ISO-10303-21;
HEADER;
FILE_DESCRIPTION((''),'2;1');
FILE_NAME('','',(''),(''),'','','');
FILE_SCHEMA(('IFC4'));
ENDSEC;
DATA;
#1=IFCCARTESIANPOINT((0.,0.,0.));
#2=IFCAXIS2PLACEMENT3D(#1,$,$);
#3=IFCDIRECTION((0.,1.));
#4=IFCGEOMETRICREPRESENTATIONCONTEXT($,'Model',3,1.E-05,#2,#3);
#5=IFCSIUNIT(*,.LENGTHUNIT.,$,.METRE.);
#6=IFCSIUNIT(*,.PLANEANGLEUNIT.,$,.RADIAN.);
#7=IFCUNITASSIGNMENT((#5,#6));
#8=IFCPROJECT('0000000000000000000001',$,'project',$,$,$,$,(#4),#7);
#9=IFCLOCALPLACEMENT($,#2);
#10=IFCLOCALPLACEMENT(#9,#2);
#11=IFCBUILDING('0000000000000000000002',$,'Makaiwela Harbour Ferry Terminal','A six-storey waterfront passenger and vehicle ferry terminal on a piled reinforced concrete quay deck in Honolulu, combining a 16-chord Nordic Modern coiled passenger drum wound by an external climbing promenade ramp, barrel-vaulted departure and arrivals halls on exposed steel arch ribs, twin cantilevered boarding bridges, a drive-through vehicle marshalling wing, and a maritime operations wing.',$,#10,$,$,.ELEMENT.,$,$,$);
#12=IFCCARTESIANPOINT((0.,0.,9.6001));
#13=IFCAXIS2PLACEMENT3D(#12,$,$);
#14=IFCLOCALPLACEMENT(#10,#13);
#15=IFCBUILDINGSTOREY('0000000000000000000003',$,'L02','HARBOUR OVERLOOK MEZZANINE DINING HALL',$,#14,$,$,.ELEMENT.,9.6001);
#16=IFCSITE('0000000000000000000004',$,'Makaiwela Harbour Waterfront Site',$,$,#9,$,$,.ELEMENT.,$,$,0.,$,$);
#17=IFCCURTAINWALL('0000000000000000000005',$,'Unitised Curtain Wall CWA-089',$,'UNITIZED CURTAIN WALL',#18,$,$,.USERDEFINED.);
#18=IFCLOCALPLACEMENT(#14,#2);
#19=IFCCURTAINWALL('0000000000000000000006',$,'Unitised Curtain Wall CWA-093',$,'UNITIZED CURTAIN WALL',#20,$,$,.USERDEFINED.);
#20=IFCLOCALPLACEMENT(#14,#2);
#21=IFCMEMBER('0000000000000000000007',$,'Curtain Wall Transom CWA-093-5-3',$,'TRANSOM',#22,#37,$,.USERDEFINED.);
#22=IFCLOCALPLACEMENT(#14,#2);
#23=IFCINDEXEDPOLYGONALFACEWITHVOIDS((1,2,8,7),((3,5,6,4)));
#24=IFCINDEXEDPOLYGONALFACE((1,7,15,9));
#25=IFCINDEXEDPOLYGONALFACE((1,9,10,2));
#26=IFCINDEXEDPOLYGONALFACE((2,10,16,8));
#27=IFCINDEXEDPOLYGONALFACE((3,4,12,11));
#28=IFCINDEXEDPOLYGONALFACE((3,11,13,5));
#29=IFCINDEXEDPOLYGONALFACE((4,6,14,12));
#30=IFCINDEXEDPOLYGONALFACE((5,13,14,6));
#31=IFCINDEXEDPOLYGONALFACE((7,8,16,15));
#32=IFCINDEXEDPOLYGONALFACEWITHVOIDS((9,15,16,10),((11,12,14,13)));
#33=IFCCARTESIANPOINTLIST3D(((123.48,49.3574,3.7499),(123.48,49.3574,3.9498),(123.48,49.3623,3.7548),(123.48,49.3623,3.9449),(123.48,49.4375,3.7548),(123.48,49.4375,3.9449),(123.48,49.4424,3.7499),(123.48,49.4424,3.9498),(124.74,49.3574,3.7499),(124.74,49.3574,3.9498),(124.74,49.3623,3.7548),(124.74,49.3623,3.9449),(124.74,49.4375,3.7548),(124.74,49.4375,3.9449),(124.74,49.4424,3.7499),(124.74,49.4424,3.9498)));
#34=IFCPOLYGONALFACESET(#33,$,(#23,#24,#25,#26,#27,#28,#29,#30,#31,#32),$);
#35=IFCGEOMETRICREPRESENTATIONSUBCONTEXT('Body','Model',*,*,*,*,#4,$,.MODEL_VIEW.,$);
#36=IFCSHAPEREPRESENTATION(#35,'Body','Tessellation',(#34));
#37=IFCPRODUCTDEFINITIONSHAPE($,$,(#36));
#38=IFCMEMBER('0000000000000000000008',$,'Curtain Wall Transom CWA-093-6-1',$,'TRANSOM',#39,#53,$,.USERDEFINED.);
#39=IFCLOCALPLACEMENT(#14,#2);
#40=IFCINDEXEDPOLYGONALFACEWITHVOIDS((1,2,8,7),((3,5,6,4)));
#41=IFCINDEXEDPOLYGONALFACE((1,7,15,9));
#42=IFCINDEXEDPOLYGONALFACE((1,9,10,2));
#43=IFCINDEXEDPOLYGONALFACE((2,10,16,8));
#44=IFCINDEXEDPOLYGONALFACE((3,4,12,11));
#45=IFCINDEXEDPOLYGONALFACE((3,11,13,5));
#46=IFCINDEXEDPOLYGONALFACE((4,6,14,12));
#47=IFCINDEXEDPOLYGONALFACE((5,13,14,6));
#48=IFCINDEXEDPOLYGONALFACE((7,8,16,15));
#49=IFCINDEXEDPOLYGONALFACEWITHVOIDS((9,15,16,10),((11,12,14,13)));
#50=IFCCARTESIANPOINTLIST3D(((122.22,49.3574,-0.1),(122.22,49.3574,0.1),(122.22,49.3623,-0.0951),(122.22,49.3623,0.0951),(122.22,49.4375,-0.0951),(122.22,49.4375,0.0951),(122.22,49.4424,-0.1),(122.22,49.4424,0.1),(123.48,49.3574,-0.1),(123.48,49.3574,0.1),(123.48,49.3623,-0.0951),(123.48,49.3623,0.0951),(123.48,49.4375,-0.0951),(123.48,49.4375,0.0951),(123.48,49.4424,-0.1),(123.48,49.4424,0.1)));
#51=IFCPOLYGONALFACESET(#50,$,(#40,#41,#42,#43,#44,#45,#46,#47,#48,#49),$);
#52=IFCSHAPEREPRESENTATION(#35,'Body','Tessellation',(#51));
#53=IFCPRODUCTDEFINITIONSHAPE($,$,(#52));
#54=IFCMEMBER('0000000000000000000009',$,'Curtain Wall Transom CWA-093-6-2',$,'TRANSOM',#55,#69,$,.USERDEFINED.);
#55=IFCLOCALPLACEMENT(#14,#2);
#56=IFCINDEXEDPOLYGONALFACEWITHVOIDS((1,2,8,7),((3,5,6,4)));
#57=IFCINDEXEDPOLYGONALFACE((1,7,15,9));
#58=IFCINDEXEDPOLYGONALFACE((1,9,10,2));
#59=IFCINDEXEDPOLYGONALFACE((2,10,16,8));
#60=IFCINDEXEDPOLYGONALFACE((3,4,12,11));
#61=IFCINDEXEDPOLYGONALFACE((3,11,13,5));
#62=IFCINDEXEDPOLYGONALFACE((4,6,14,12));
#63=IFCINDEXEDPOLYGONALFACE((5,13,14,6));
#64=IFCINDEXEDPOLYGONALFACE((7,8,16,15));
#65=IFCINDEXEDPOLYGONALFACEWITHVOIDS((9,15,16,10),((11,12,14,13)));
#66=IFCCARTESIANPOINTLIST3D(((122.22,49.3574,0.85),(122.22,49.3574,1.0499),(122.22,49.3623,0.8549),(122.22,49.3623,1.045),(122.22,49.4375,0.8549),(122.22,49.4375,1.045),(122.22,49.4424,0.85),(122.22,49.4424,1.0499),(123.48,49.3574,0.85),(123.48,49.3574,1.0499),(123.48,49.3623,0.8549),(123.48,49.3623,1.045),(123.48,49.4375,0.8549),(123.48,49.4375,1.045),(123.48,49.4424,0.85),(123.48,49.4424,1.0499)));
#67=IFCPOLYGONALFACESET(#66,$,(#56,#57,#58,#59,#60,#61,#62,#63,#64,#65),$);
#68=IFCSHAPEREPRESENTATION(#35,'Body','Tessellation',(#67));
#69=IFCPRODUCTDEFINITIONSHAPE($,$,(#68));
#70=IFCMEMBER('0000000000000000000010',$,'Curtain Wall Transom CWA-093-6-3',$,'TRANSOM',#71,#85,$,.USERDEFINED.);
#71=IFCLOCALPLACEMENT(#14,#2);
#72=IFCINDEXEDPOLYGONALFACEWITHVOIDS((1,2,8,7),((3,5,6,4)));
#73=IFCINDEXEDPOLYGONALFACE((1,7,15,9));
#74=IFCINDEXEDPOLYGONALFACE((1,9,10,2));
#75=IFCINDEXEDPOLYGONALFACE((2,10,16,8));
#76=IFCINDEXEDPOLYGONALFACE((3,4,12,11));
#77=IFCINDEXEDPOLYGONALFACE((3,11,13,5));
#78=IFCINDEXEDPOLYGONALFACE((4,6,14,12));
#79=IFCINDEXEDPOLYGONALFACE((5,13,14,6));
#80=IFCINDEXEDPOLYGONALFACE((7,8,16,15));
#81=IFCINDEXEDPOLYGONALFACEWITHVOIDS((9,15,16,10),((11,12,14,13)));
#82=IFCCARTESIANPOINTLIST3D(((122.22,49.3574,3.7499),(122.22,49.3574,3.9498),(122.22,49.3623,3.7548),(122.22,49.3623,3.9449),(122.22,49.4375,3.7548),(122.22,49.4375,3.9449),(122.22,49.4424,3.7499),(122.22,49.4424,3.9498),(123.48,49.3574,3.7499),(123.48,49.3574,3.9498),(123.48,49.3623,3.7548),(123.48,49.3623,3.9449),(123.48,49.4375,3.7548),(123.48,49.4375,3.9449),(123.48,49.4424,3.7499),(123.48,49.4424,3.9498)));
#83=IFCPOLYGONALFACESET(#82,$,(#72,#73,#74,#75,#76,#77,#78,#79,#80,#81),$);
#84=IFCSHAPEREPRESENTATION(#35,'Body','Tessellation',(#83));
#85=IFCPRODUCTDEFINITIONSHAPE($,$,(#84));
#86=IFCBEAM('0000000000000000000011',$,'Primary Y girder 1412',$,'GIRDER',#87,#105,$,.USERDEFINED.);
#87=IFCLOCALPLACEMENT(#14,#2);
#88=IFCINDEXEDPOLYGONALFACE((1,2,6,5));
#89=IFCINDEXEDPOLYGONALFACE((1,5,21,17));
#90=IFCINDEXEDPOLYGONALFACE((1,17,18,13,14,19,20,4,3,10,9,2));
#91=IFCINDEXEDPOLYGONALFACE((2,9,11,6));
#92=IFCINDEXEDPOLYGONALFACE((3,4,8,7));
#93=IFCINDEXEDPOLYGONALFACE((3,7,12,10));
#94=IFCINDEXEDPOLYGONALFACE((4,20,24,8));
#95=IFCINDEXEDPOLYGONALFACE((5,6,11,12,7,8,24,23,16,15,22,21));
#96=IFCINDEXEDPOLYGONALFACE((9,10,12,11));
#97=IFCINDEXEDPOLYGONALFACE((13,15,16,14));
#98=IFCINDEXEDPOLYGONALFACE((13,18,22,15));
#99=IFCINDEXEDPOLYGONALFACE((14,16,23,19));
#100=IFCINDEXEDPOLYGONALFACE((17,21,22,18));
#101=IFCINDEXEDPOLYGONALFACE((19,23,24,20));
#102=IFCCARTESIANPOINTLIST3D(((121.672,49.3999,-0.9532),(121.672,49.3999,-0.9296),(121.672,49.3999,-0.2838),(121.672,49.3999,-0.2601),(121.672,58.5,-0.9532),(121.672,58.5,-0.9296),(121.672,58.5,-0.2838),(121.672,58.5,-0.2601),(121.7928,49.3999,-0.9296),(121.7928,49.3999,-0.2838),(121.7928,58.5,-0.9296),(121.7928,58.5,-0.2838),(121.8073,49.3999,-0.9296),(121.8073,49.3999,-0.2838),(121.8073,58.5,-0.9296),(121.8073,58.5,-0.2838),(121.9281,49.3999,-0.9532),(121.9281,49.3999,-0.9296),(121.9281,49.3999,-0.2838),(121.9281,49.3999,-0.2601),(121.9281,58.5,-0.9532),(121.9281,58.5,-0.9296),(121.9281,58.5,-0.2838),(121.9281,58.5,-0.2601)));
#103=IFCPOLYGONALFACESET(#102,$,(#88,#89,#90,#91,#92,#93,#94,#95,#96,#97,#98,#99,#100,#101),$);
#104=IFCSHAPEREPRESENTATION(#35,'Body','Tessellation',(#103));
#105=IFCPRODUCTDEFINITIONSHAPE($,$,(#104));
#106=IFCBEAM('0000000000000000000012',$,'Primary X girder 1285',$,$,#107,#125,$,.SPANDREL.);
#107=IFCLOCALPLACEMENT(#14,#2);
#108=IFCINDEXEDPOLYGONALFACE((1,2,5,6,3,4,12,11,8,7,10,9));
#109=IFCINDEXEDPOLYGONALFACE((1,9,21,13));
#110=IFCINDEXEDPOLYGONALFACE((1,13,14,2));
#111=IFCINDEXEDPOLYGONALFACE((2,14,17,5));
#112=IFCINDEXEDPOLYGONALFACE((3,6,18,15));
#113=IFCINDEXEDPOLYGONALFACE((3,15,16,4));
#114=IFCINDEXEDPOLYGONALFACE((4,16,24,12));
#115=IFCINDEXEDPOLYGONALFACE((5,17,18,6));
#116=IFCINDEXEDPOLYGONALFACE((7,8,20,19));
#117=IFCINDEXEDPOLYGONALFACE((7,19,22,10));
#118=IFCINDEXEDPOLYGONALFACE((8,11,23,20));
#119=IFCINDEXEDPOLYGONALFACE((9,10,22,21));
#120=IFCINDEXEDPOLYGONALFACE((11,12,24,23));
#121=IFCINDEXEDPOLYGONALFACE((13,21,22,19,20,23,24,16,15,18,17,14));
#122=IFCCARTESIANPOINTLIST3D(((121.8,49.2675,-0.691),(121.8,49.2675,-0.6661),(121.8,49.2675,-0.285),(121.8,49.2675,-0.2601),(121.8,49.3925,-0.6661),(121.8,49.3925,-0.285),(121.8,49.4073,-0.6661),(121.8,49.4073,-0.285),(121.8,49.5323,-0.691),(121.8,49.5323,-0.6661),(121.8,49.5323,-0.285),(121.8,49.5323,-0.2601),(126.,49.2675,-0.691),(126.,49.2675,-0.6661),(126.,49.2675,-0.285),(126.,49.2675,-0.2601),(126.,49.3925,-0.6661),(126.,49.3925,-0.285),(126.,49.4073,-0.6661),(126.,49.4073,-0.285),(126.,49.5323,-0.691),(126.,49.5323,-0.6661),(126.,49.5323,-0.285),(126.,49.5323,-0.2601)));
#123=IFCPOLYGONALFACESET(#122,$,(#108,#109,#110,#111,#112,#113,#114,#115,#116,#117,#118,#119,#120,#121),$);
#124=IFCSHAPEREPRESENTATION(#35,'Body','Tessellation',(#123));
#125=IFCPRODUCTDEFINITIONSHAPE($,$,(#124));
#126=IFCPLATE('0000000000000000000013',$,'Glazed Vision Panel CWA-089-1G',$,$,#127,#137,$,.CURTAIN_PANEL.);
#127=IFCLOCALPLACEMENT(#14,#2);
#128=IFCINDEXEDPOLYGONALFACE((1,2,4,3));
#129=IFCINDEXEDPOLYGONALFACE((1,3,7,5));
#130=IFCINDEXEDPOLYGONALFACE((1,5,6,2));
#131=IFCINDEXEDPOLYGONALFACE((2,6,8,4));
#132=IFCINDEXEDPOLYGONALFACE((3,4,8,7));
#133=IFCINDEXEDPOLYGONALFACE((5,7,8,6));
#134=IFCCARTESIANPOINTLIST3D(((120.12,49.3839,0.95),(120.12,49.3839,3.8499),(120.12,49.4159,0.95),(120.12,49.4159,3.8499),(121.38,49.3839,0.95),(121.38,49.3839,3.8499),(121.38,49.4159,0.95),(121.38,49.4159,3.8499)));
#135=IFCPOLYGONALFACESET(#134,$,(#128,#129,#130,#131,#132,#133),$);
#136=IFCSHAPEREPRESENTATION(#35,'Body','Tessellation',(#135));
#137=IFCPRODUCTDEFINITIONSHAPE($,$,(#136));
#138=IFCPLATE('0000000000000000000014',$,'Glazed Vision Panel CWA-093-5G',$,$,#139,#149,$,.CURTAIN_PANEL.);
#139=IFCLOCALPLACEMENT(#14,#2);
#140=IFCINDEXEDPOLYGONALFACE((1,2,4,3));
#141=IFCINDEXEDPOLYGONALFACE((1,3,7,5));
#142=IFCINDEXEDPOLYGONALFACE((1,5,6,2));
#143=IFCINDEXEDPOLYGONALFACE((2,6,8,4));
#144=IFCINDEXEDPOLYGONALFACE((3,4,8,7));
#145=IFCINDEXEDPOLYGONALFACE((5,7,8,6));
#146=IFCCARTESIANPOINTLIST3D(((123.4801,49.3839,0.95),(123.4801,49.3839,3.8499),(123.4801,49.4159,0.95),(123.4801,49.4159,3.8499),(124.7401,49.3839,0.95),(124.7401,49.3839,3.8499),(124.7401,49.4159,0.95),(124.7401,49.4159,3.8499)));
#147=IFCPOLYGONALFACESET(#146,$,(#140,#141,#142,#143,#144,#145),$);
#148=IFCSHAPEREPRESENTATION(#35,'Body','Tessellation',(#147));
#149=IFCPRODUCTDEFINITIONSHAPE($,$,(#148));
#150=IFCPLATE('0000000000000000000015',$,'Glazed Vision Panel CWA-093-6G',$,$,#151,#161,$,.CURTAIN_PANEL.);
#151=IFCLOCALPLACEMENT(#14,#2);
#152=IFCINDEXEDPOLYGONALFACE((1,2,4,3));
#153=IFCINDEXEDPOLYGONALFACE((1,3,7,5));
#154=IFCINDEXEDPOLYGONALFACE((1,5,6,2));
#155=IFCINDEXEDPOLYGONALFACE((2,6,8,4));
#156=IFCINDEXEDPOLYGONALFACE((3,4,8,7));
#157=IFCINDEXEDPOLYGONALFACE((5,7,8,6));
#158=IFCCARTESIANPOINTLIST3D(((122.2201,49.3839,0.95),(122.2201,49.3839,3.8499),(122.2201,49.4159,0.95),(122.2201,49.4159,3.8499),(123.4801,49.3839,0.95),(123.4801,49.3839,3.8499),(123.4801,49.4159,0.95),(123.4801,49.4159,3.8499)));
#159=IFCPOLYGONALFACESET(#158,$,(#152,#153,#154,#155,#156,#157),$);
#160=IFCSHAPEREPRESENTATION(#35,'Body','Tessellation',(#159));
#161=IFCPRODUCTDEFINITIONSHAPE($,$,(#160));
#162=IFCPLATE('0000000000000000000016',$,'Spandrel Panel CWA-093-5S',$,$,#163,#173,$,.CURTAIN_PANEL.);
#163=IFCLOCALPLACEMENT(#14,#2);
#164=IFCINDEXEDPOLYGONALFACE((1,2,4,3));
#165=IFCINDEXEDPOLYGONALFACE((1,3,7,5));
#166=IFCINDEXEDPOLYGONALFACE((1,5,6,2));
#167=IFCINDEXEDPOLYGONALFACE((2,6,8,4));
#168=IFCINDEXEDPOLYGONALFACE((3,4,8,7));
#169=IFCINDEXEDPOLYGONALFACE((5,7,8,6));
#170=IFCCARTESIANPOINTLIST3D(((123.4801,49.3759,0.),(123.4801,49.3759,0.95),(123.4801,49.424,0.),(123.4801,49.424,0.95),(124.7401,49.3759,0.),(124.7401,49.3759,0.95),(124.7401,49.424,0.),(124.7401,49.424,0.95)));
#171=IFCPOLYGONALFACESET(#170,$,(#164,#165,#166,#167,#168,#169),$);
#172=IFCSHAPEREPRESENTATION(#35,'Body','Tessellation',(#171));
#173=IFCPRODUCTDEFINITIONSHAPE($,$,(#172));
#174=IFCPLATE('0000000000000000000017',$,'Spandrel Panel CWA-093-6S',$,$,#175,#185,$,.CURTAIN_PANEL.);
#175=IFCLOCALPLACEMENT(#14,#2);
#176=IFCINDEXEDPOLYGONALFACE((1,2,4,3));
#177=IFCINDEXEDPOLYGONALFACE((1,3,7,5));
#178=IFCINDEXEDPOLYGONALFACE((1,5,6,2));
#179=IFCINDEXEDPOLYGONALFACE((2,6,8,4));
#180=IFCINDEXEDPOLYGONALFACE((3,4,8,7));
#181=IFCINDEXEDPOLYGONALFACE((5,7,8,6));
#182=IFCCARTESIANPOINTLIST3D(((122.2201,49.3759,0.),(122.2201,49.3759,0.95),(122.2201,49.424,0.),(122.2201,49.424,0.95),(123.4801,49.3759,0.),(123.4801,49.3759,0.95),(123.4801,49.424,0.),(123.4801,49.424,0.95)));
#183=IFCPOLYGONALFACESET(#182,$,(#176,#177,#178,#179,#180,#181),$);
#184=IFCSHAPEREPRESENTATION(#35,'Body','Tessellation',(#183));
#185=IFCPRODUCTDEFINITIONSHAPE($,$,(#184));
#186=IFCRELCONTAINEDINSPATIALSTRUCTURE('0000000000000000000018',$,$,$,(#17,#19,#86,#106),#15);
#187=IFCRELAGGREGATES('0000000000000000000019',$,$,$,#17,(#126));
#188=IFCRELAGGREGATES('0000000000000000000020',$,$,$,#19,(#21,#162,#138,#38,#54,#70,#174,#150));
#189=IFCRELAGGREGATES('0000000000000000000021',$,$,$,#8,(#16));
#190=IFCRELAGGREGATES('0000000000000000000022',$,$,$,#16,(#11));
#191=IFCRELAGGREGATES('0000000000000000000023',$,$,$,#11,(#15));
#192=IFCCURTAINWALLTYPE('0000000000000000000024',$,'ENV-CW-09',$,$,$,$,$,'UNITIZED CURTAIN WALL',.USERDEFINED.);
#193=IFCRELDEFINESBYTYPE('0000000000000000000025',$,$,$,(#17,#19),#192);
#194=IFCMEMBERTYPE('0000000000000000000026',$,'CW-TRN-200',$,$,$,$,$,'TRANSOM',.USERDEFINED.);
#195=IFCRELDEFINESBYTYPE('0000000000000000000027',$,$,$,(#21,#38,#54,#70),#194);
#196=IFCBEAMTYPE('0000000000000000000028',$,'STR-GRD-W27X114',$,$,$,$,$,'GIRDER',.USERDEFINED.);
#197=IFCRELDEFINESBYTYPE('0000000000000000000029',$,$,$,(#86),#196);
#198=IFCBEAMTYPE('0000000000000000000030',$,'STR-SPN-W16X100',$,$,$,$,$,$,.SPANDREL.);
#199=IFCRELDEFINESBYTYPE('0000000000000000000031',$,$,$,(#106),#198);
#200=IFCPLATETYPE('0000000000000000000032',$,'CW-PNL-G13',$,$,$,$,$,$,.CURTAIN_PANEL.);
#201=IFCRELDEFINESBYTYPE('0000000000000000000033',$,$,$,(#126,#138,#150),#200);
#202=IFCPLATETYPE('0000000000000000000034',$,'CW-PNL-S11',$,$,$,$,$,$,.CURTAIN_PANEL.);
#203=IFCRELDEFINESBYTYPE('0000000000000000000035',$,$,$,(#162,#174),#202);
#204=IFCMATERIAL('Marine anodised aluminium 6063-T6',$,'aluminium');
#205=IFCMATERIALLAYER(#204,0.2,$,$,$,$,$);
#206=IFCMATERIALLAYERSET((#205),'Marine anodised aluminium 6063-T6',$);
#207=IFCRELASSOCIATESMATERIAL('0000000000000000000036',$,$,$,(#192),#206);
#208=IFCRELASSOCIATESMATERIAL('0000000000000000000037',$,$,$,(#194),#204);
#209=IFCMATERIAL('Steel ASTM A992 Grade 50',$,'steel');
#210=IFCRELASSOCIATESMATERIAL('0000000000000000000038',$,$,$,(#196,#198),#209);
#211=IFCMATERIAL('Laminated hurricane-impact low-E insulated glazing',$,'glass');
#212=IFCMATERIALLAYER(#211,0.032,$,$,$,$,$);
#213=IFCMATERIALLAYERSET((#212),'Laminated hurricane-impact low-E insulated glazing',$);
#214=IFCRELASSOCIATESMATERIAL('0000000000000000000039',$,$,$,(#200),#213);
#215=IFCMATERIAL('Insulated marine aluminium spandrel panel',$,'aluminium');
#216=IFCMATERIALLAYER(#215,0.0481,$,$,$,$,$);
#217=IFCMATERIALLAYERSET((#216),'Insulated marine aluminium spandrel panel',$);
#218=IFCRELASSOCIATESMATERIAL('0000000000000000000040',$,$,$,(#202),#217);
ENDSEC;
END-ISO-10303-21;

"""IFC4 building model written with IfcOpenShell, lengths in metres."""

from ifc_helpers import new_model, si_unit, direction, frame, origin, origin_2d, place, context, subcontext, project, spatial, rectangle, hollow_rectangle, i_section, extrude, material, layer, layer_set, material_profile, profile_set, type_object, element, aggregate, save


model = new_model("IFC4")

# Units and contexts
model_context = context("Model", 3, precision=1e-05, world=origin(), true_north=direction((0.0, 1.0)))
body_context = subcontext(model_context, "Body", "Model", "MODEL_VIEW")
ifc_project = project(units=[si_unit("LENGTHUNIT", "METRE"), si_unit("PLANEANGLEUNIT", "RADIAN")], contexts=[model_context])

# Site, building, storey
site_placement = place(None, origin())
site = spatial("IfcSite", under=ifc_project, at=site_placement, Name="Makaiwela Harbour Waterfront Site", CompositionType="ELEMENT", RefElevation=0.0)
building_placement = place(site_placement, origin())
building = spatial("IfcBuilding", under=site, at=building_placement, Name="Makaiwela Harbour Ferry Terminal", Description="A six-storey waterfront passenger and vehicle ferry terminal on a piled reinforced concrete quay deck in Honolulu, combining a 16-chord Nordic Modern coiled passenger drum wound by an external climbing promenade ramp, barrel-vaulted departure and arrivals halls on exposed steel arch ribs, twin cantilevered boarding bridges, a drive-through vehicle marshalling wing, and a maritime operations wing.", CompositionType="ELEMENT")
storey_placement = place(building_placement, frame((0.0, 0.0, 9.6001)))
storey = spatial("IfcBuildingStorey", under=building, at=storey_placement, Name="L02", Description="HARBOUR OVERLOOK MEZZANINE DINING HALL", CompositionType="ELEMENT", Elevation=9.6001)

# Shared definitions
ifc_material_1 = material(Name="Steel ASTM A992 Grade 50", Category="steel")

# Curtain wall
ifc_material_2 = material(Name="Marine anodised aluminium 6063-T6", Category="aluminium")
ifc_layer_1 = layer(ifc_material_2, 0.2)
ifc_layer_set_1 = layer_set([ifc_layer_1], Name="Marine anodised aluminium 6063-T6")
curtain_wall_type = type_object("IfcCurtainWallType", Name="ENV-CW-09", ElementType="UNITIZED CURTAIN WALL", PredefinedType="USERDEFINED", material=ifc_layer_set_1)
curtain_wall_1_placement = place(storey_placement, origin())
curtain_wall_1 = element("IfcCurtainWall", 1, at=curtain_wall_1_placement, inside=storey, type_object=curtain_wall_type, Name="Unitised Curtain Wall CWA-089", ObjectType="UNITIZED CURTAIN WALL", PredefinedType="USERDEFINED")

# Curtain wall
curtain_wall_2_placement = place(storey_placement, origin())
curtain_wall_2 = element("IfcCurtainWall", 2, at=curtain_wall_2_placement, inside=storey, type_object=curtain_wall_type, Name="Unitised Curtain Wall CWA-093", ObjectType="UNITIZED CURTAIN WALL", PredefinedType="USERDEFINED")

# Members
ifc_material_profile_1 = material_profile(ifc_material_2, hollow_rectangle(XDim=0.085, YDim=0.2, WallThickness=0.0049, at=origin_2d()), Name="CWT-200X85")
ifc_profile_set_1 = profile_set([ifc_material_profile_1], Name="Marine anodised aluminium 6063-T6")
member_type_1 = type_object("IfcMemberType", Name="CW-TRN-200", ElementType="TRANSOM", PredefinedType="USERDEFINED", material=ifc_profile_set_1)
member_1_placement = place(storey_placement, frame((124.74, 49.3999, 3.8499), z_axis=(-1.0, 0.0, 0.0), x_axis=(0.0, -1.0, 0.0)))
member_1 = element("IfcMember", 3, at=member_1_placement, type_object=member_type_1, Name="Curtain Wall Transom CWA-093-5-3", ObjectType="TRANSOM", PredefinedType="USERDEFINED", context=body_context, shape_type="SweptSolid", body=[
    extrude(hollow_rectangle(XDim=0.085, YDim=0.2, WallThickness=0.0049, at=origin_2d()), origin(), (0.0, 0.0, 1.0), 1.26),
])
member_2_placement = place(storey_placement, frame((123.48, 49.3999, 0.0), z_axis=(-1.0, 0.0, 0.0), x_axis=(0.0, -1.0, 0.0)))
member_2 = element("IfcMember", 4, at=member_2_placement, type_object=member_type_1, Name="Curtain Wall Transom CWA-093-6-1", ObjectType="TRANSOM", PredefinedType="USERDEFINED", context=body_context, shape_type="SweptSolid", body=[
    extrude(hollow_rectangle(XDim=0.085, YDim=0.2, WallThickness=0.0049, at=origin_2d()), origin(), (0.0, 0.0, 1.0), 1.26),
])
member_3_placement = place(storey_placement, frame((123.48, 49.3999, 0.95), z_axis=(-1.0, 0.0, 0.0), x_axis=(0.0, -1.0, 0.0)))
member_3 = element("IfcMember", 5, at=member_3_placement, type_object=member_type_1, Name="Curtain Wall Transom CWA-093-6-2", ObjectType="TRANSOM", PredefinedType="USERDEFINED", context=body_context, shape_type="SweptSolid", body=[
    extrude(hollow_rectangle(XDim=0.085, YDim=0.2, WallThickness=0.0049, at=origin_2d()), origin(), (0.0, 0.0, 1.0), 1.26),
])
member_4_placement = place(storey_placement, frame((123.48, 49.3999, 3.8499), z_axis=(-1.0, 0.0, 0.0), x_axis=(0.0, -1.0, 0.0)))
member_4 = element("IfcMember", 6, at=member_4_placement, type_object=member_type_1, Name="Curtain Wall Transom CWA-093-6-3", ObjectType="TRANSOM", PredefinedType="USERDEFINED", context=body_context, shape_type="SweptSolid", body=[
    extrude(hollow_rectangle(XDim=0.085, YDim=0.2, WallThickness=0.0049, at=origin_2d()), origin(), (0.0, 0.0, 1.0), 1.26),
])

# Beams
ifc_material_profile_2 = material_profile(ifc_material_1, i_section(OverallWidth=0.2561, OverallDepth=0.6931, WebThickness=0.0144, FlangeThickness=0.0237, at=origin_2d()), Name="W27X114")
ifc_profile_set_2 = profile_set([ifc_material_profile_2], Name="Steel ASTM A992 Grade 50")
beam_type_1 = type_object("IfcBeamType", Name="STR-GRD-W27X114", ElementType="GIRDER", PredefinedType="USERDEFINED", material=ifc_profile_set_2)
beam_1_placement = place(storey_placement, frame((121.8, 49.3999, -0.6067), z_axis=(0.0, 1.0, 0.0), x_axis=(-1.0, 0.0, 0.0)))
element("IfcBeam", 7, at=beam_1_placement, inside=storey, type_object=beam_type_1, Name="Primary Y girder 1412", ObjectType="GIRDER", PredefinedType="USERDEFINED", context=body_context, shape_type="SweptSolid", body=[
    extrude(i_section(OverallWidth=0.2561, OverallDepth=0.6931, WebThickness=0.0144, FlangeThickness=0.0237, at=origin_2d()), origin(), (0.0, 0.0, 1.0), 9.1001),
])
ifc_material_profile_3 = material_profile(ifc_material_1, i_section(OverallWidth=0.2649, OverallDepth=0.4309, WebThickness=0.0149, FlangeThickness=0.0249, at=origin_2d()), Name="W16X100")
ifc_profile_set_3 = profile_set([ifc_material_profile_3], Name="Steel ASTM A992 Grade 50")
beam_type_2 = type_object("IfcBeamType", Name="STR-SPN-W16X100", PredefinedType="SPANDREL", material=ifc_profile_set_3)
beam_2_placement = place(storey_placement, frame((121.8, 49.3999, -0.4756), z_axis=(1.0, 0.0, 0.0), x_axis=(0.0, 1.0, 0.0)))
element("IfcBeam", 8, at=beam_2_placement, inside=storey, type_object=beam_type_2, Name="Primary X girder 1285", PredefinedType="SPANDREL", context=body_context, shape_type="SweptSolid", body=[
    extrude(i_section(OverallWidth=0.2649, OverallDepth=0.4309, WebThickness=0.0149, FlangeThickness=0.0249, at=origin_2d()), origin(), (0.0, 0.0, 1.0), 4.2),
])

# Plates
ifc_material_3 = material(Name="Laminated hurricane-impact low-E insulated glazing", Category="glass")
ifc_layer_2 = layer(ifc_material_3, 0.032)
ifc_layer_set_2 = layer_set([ifc_layer_2], Name="Laminated hurricane-impact low-E insulated glazing")
plate_type_1 = type_object("IfcPlateType", Name="CW-PNL-G13", PredefinedType="CURTAIN_PANEL", material=ifc_layer_set_2)
plate_1_placement = place(storey_placement, frame((120.75, 49.3999, 0.95), z_axis=(0.0, 0.0, 1.0), x_axis=(-1.0, 0.0, 0.0)))
plate_1 = element("IfcPlate", 9, at=plate_1_placement, type_object=plate_type_1, Name="Glazed Vision Panel CWA-089-1G", PredefinedType="CURTAIN_PANEL", context=body_context, shape_type="SweptSolid", body=[
    extrude(rectangle(XDim=1.26, YDim=0.032, at=origin_2d()), origin(), (0.0, 0.0, 1.0), 2.8999),
])
aggregate(curtain_wall_1, [plate_1])
plate_2_placement = place(storey_placement, frame((124.1101, 49.3999, 0.95), z_axis=(0.0, 0.0, 1.0), x_axis=(-1.0, 0.0, 0.0)))
plate_2 = element("IfcPlate", 10, at=plate_2_placement, type_object=plate_type_1, Name="Glazed Vision Panel CWA-093-5G", PredefinedType="CURTAIN_PANEL", context=body_context, shape_type="SweptSolid", body=[
    extrude(rectangle(XDim=1.26, YDim=0.032, at=origin_2d()), origin(), (0.0, 0.0, 1.0), 2.8999),
])
plate_3_placement = place(storey_placement, frame((122.8501, 49.3999, 0.95), z_axis=(0.0, 0.0, 1.0), x_axis=(-1.0, 0.0, 0.0)))
plate_3 = element("IfcPlate", 11, at=plate_3_placement, type_object=plate_type_1, Name="Glazed Vision Panel CWA-093-6G", PredefinedType="CURTAIN_PANEL", context=body_context, shape_type="SweptSolid", body=[
    extrude(rectangle(XDim=1.26, YDim=0.032, at=origin_2d()), origin(), (0.0, 0.0, 1.0), 2.8999),
])
ifc_material_4 = material(Name="Insulated marine aluminium spandrel panel", Category="aluminium")
ifc_layer_3 = layer(ifc_material_4, 0.0481)
ifc_layer_set_3 = layer_set([ifc_layer_3], Name="Insulated marine aluminium spandrel panel")
plate_type_2 = type_object("IfcPlateType", Name="CW-PNL-S11", PredefinedType="CURTAIN_PANEL", material=ifc_layer_set_3)
plate_4_placement = place(storey_placement, frame((124.1101, 49.3999, 0.0), z_axis=(0.0, 0.0, 1.0), x_axis=(-1.0, 0.0, 0.0)))
plate_4 = element("IfcPlate", 12, at=plate_4_placement, type_object=plate_type_2, Name="Spandrel Panel CWA-093-5S", PredefinedType="CURTAIN_PANEL", context=body_context, shape_type="SweptSolid", body=[
    extrude(rectangle(XDim=1.26, YDim=0.0481, at=origin_2d()), origin(), (0.0, 0.0, 1.0), 0.95),
])
plate_5_placement = place(storey_placement, frame((122.8501, 49.3999, 0.0), z_axis=(0.0, 0.0, 1.0), x_axis=(-1.0, 0.0, 0.0)))
plate_5 = element("IfcPlate", 13, at=plate_5_placement, type_object=plate_type_2, Name="Spandrel Panel CWA-093-6S", PredefinedType="CURTAIN_PANEL", context=body_context, shape_type="SweptSolid", body=[
    extrude(rectangle(XDim=1.26, YDim=0.0481, at=origin_2d()), origin(), (0.0, 0.0, 1.0), 0.95),
])
aggregate(curtain_wall_2, [member_1, plate_4, plate_2, member_2, member_3, member_4, plate_5, plate_3])

save(model, "model.ifc")
